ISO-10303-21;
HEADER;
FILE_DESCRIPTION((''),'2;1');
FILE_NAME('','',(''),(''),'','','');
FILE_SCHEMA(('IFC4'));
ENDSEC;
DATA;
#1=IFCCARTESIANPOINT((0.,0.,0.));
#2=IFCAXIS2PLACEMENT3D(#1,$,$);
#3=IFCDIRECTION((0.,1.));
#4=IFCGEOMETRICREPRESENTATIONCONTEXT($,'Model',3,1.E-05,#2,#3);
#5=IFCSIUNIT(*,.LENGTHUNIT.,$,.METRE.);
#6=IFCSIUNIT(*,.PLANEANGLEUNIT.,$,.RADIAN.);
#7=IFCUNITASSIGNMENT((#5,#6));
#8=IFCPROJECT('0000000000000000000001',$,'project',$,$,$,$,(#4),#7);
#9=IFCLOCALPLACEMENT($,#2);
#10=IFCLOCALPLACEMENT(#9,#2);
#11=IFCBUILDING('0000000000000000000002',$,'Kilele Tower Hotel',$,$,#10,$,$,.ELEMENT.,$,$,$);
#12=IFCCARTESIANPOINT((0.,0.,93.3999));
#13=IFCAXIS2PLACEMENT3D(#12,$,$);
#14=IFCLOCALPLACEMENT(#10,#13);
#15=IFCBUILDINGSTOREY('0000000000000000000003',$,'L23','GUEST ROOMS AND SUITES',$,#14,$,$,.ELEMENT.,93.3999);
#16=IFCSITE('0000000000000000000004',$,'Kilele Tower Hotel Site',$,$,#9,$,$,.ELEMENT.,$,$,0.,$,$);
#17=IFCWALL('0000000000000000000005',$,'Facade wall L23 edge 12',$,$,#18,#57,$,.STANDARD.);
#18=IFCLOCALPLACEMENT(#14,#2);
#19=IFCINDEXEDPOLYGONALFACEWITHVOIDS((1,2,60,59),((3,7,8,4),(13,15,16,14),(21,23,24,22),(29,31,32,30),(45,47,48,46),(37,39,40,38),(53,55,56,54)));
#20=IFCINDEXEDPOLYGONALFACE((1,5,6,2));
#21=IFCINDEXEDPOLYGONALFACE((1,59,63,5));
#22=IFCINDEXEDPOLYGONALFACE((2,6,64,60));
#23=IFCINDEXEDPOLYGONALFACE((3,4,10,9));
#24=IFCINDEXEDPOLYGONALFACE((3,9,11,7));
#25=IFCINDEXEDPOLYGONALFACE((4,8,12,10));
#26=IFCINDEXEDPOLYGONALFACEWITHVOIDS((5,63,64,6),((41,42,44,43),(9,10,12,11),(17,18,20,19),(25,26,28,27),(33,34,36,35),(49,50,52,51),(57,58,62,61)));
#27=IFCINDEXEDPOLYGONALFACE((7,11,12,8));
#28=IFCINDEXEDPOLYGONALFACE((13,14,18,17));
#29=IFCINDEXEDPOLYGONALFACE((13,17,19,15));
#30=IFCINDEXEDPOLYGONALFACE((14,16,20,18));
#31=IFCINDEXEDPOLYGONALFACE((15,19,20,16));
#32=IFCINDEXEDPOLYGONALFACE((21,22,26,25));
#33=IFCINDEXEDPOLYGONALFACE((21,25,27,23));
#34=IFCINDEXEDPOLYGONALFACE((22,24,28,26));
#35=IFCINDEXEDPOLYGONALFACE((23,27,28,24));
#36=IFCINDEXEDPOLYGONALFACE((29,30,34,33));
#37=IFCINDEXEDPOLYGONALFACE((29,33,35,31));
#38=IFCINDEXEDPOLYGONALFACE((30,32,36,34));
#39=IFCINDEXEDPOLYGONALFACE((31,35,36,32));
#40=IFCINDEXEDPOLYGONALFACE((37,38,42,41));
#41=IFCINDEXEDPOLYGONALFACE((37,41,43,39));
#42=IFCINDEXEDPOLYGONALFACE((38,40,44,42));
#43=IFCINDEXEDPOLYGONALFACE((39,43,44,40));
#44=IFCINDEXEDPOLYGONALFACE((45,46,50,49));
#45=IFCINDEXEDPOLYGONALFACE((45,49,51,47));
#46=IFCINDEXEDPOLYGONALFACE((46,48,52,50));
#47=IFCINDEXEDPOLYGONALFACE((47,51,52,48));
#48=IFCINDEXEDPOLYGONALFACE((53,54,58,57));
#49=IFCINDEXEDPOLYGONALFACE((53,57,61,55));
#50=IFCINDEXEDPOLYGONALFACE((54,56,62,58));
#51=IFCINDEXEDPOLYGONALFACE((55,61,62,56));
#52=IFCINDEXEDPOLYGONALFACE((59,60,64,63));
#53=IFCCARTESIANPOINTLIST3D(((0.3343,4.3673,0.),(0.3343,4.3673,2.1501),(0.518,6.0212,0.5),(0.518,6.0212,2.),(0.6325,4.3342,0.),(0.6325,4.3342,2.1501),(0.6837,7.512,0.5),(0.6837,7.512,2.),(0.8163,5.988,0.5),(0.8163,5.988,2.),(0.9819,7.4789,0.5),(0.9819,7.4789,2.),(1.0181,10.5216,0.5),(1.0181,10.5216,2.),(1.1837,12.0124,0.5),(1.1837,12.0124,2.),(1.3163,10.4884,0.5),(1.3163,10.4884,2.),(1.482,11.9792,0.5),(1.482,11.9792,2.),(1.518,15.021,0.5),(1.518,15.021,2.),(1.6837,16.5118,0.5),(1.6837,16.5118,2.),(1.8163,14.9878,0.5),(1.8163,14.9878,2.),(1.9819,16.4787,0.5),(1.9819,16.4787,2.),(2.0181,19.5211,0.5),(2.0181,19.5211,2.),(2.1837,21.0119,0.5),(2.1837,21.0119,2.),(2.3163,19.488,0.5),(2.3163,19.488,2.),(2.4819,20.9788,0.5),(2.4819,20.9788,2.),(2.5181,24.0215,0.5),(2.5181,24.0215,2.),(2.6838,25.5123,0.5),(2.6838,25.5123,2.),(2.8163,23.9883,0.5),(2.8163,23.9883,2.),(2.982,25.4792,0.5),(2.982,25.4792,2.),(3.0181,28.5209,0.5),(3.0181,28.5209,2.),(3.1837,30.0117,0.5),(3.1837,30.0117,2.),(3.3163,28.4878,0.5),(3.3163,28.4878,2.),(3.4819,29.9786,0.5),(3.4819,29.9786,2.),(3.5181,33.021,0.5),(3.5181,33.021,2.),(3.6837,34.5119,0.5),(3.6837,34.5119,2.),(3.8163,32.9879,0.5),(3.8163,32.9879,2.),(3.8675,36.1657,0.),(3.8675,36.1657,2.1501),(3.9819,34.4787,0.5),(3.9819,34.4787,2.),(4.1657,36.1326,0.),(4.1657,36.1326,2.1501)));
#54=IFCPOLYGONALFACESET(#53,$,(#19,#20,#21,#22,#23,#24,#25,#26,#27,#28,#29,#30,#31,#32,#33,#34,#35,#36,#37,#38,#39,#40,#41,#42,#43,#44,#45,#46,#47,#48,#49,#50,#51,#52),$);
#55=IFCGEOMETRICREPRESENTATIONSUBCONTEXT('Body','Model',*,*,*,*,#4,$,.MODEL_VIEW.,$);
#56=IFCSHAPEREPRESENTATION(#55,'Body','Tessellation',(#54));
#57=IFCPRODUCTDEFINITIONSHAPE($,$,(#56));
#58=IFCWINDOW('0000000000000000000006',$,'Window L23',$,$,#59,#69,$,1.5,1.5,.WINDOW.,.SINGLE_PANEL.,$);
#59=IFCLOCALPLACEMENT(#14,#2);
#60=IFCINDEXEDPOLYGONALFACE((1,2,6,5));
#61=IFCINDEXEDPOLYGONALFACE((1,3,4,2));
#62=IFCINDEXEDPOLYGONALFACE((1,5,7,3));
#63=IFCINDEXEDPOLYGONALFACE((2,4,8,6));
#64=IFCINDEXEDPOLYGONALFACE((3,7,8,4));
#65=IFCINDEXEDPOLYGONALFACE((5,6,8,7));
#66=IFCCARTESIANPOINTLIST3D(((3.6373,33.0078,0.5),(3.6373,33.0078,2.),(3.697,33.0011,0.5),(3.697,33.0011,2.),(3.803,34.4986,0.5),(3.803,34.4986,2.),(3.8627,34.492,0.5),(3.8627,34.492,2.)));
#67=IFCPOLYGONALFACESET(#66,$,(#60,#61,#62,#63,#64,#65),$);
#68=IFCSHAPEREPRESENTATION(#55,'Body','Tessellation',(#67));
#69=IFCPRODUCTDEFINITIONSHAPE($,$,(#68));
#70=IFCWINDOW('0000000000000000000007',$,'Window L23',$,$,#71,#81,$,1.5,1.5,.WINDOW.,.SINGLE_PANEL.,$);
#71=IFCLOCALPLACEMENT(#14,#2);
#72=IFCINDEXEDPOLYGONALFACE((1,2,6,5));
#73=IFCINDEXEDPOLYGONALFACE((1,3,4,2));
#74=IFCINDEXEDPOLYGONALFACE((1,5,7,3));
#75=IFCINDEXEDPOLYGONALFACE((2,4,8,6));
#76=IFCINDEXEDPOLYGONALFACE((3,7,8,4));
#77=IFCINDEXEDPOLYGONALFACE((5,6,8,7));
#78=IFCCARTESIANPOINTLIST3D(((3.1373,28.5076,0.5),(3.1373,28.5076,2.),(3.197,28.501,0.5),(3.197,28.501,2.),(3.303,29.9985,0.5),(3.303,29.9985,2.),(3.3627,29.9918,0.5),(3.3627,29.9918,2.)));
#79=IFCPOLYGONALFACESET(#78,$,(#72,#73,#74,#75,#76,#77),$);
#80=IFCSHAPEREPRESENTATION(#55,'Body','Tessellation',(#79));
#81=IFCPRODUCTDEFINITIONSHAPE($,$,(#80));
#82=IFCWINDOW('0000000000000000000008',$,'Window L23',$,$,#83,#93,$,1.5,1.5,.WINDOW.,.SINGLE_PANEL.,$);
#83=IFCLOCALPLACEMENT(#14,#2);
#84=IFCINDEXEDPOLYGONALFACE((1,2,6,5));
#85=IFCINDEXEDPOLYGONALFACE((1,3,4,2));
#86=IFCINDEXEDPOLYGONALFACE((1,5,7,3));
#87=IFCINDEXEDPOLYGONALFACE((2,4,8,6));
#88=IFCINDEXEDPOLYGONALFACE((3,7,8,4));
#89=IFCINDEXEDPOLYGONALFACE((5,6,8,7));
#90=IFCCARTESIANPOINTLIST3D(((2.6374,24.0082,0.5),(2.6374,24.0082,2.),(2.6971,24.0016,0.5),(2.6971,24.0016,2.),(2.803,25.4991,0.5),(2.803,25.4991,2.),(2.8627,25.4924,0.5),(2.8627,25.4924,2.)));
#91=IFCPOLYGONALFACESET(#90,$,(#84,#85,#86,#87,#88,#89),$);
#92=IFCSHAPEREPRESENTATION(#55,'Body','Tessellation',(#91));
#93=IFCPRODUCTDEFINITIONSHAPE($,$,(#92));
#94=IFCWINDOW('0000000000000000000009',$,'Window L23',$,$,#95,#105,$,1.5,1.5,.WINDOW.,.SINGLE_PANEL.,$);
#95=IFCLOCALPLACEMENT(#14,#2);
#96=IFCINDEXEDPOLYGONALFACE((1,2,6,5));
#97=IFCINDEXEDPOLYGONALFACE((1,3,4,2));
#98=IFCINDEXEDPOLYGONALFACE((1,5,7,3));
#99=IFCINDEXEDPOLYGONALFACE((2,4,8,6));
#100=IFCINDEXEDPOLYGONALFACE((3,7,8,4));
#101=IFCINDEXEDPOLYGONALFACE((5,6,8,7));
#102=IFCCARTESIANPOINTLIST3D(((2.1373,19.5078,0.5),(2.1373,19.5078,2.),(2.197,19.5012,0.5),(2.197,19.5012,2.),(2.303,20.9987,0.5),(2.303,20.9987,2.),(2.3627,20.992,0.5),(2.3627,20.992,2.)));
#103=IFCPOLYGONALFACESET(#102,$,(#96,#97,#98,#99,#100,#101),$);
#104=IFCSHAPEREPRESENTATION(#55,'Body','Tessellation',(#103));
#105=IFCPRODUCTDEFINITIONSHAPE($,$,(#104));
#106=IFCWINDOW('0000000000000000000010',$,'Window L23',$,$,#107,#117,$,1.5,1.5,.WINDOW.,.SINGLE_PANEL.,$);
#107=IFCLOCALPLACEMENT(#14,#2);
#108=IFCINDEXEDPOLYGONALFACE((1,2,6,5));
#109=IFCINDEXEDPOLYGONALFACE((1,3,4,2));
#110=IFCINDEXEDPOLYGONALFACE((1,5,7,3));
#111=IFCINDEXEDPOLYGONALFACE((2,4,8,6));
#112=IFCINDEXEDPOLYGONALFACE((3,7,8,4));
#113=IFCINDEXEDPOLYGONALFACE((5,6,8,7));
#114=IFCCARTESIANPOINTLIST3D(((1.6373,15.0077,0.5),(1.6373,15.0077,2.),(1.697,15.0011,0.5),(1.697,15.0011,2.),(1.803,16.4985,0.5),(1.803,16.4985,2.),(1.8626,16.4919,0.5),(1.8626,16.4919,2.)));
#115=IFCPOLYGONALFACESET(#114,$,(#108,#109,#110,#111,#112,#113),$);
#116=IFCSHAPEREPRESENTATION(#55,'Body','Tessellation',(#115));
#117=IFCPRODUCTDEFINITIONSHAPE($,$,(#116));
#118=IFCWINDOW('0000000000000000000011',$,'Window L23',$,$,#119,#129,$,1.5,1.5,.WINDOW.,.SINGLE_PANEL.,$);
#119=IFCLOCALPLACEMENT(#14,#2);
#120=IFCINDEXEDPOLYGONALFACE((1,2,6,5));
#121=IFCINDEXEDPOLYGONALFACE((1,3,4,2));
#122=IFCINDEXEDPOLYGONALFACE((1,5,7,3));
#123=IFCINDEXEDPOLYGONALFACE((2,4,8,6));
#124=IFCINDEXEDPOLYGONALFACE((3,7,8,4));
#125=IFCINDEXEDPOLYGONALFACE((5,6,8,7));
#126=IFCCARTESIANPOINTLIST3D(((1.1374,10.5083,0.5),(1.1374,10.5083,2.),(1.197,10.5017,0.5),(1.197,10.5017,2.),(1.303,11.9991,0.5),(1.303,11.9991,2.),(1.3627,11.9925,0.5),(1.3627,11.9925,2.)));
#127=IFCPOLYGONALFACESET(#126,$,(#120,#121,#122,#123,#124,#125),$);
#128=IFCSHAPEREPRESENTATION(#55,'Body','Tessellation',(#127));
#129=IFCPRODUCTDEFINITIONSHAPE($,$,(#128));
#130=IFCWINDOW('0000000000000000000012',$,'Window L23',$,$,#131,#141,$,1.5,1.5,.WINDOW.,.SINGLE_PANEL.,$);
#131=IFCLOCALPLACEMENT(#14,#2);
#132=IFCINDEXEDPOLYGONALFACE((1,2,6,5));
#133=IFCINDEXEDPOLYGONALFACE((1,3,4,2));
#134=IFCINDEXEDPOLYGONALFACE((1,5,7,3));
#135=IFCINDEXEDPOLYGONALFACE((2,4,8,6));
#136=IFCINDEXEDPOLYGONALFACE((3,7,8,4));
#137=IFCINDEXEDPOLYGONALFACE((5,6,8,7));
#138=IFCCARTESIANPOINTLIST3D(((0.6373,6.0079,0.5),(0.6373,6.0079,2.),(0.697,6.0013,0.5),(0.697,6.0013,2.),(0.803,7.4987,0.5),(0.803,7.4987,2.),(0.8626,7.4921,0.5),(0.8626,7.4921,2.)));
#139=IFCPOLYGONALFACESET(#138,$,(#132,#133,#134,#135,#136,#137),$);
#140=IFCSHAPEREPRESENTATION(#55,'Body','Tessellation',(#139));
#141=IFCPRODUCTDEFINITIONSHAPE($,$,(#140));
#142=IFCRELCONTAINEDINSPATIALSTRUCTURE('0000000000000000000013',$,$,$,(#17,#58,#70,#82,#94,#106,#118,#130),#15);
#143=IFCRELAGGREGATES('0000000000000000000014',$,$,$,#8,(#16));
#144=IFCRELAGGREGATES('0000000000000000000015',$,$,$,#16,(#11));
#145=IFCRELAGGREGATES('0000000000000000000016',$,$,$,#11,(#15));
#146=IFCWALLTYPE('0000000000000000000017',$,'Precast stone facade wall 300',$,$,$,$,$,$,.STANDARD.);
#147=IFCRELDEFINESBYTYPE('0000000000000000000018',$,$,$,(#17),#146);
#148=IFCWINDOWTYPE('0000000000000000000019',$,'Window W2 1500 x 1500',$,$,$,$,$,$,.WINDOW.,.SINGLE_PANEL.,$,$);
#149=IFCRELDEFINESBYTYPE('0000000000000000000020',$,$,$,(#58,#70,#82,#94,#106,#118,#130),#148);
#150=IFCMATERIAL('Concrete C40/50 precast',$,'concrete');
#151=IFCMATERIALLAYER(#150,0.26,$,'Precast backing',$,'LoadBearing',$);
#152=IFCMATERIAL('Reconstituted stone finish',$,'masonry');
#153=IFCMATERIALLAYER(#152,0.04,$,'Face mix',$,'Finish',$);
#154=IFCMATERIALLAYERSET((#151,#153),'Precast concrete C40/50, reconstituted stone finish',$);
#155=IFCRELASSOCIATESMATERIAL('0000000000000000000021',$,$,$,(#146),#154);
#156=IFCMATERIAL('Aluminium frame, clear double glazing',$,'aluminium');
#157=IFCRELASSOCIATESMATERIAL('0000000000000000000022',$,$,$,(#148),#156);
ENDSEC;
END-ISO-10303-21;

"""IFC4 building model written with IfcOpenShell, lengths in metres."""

from ifc_helpers import new_model, si_unit, direction, frame, frame_2d, origin, place, context, subcontext, project, spatial, rectangle, extrude, material, layer, layer_set, type_object, element, fill, save


model = new_model("IFC4")

# Units and contexts
model_context = context("Model", 3, precision=1e-05, world=origin(), true_north=direction((0.0, 1.0)))
body_context = subcontext(model_context, "Body", "Model", "MODEL_VIEW")
ifc_project = project(units=[si_unit("LENGTHUNIT", "METRE"), si_unit("PLANEANGLEUNIT", "RADIAN")], contexts=[model_context])

# Site, building, storey
site_placement = place(None, origin())
site = spatial("IfcSite", under=ifc_project, at=site_placement, Name="Kilele Tower Hotel Site", CompositionType="ELEMENT", RefElevation=0.0)
building_placement = place(site_placement, origin())
building = spatial("IfcBuilding", under=site, at=building_placement, Name="Kilele Tower Hotel", CompositionType="ELEMENT")
storey_placement = place(building_placement, frame((0.0, 0.0, 93.3999)))
storey = spatial("IfcBuildingStorey", under=building, at=storey_placement, Name="L23", Description="GUEST ROOMS AND SUITES", CompositionType="ELEMENT", Elevation=93.3999)

# Shared definitions
ifc_material_1 = material(Name="Concrete C40/50 precast", Category="concrete")
ifc_layer_1 = layer(ifc_material_1, 0.26, Name="Precast backing", Category="LoadBearing")
ifc_material_2 = material(Name="Reconstituted stone finish", Category="masonry")
ifc_layer_2 = layer(ifc_material_2, 0.04, Name="Face mix", Category="Finish")
ifc_layer_set_1 = layer_set([ifc_layer_1, ifc_layer_2], Name="Precast concrete C40/50, reconstituted stone finish")
wall_type_1 = type_object("IfcWallType", Name="Precast stone facade wall 300", PredefinedType="STANDARD", material=ifc_layer_set_1)
ifc_material_3 = material(Name="Aluminium frame, clear double glazing", Category="aluminium")
window_type_1 = type_object("IfcWindowType", Name="Window W2 1500 x 1500", PartitioningType="SINGLE_PANEL", PredefinedType="WINDOW", material=ifc_material_3)

# Wall, openings, windows
wall_1_placement = place(storey_placement, frame((4.0166, 36.1492, 0.0), z_axis=(0.0, 0.0, 1.0), x_axis=(-0.110433, -0.993884, 0.0)))
wall_1 = element("IfcWall", 1, at=wall_1_placement, inside=storey, type_object=wall_type_1, Name="Facade wall L23 edge 12", PredefinedType="STANDARD", context=body_context, shape_type="SweptSolid", body=[
    extrude(rectangle(XDim=31.9941, YDim=0.3, at=frame_2d((15.9971, 0.0))), origin(), (0.0, 0.0, 1.0), 2.1501),
])
opening_1_placement = place(wall_1_placement, frame((1.6641, 0.0, 0.5)))
opening_1 = element("IfcOpeningElement", 2, at=opening_1_placement, cuts=wall_1, PredefinedType="OPENING", context=body_context, shape_type="SweptSolid", body=[
    extrude(rectangle(XDim=1.5, YDim=1.5, at=frame_2d((0.75, 0.75))), frame((0.0, 0.1599, 0.0), z_axis=(0.0, -1.0, 0.0), x_axis=(1.0, 0.0, 0.0)), (0.0, 0.0, 1.0), 0.3201),
])
opening_2_placement = place(wall_1_placement, frame((6.1919, 0.0, 0.5)))
opening_2 = element("IfcOpeningElement", 3, at=opening_2_placement, cuts=wall_1, PredefinedType="OPENING", context=body_context, shape_type="SweptSolid", body=[
    extrude(rectangle(XDim=1.5, YDim=1.5, at=frame_2d((0.75, 0.75))), frame((0.0, 0.1599, 0.0), z_axis=(0.0, -1.0, 0.0), x_axis=(1.0, 0.0, 0.0)), (0.0, 0.0, 1.0), 0.3201),
])
opening_3_placement = place(wall_1_placement, frame((10.719, 0.0, 0.5)))
opening_3 = element("IfcOpeningElement", 4, at=opening_3_placement, cuts=wall_1, PredefinedType="OPENING", context=body_context, shape_type="SweptSolid", body=[
    extrude(rectangle(XDim=1.5, YDim=1.5, at=frame_2d((0.75, 0.75))), frame((0.0, 0.1599, 0.0), z_axis=(0.0, -1.0, 0.0), x_axis=(1.0, 0.0, 0.0)), (0.0, 0.0, 1.0), 0.3201),
])
opening_4_placement = place(wall_1_placement, frame((15.2471, 0.0, 0.5)))
opening_4 = element("IfcOpeningElement", 5, at=opening_4_placement, cuts=wall_1, PredefinedType="OPENING", context=body_context, shape_type="SweptSolid", body=[
    extrude(rectangle(XDim=1.5, YDim=1.5, at=frame_2d((0.75, 0.75))), frame((0.0, 0.1599, 0.0), z_axis=(0.0, -1.0, 0.0), x_axis=(1.0, 0.0, 0.0)), (0.0, 0.0, 1.0), 0.3201),
])
opening_5_placement = place(wall_1_placement, frame((19.7749, 0.0, 0.5)))
opening_5 = element("IfcOpeningElement", 6, at=opening_5_placement, cuts=wall_1, PredefinedType="OPENING", context=body_context, shape_type="SweptSolid", body=[
    extrude(rectangle(XDim=1.5, YDim=1.5, at=frame_2d((0.75, 0.75))), frame((0.0, 0.1599, 0.0), z_axis=(0.0, -1.0, 0.0), x_axis=(1.0, 0.0, 0.0)), (0.0, 0.0, 1.0), 0.3201),
])
opening_6_placement = place(wall_1_placement, frame((24.302, 0.0, 0.5)))
opening_6 = element("IfcOpeningElement", 7, at=opening_6_placement, cuts=wall_1, PredefinedType="OPENING", context=body_context, shape_type="SweptSolid", body=[
    extrude(rectangle(XDim=1.5, YDim=1.5, at=frame_2d((0.75, 0.75))), frame((0.0, 0.1599, 0.0), z_axis=(0.0, -1.0, 0.0), x_axis=(1.0, 0.0, 0.0)), (0.0, 0.0, 1.0), 0.3201),
])
opening_7_placement = place(wall_1_placement, frame((28.8301, 0.0, 0.5)))
opening_7 = element("IfcOpeningElement", 8, at=opening_7_placement, cuts=wall_1, PredefinedType="OPENING", context=body_context, shape_type="SweptSolid", body=[
    extrude(rectangle(XDim=1.5, YDim=1.5, at=frame_2d((0.75, 0.75))), frame((0.0, 0.1599, 0.0), z_axis=(0.0, -1.0, 0.0), x_axis=(1.0, 0.0, 0.0)), (0.0, 0.0, 1.0), 0.3201),
])
window_1_placement = place(opening_1_placement, origin())
window_1 = element("IfcWindow", 9, at=window_1_placement, inside=storey, type_object=window_type_1, Name="Window L23", OverallHeight=1.5, OverallWidth=1.5, PartitioningType="SINGLE_PANEL", PredefinedType="WINDOW", context=body_context, shape_type="SweptSolid", body=[
    extrude(rectangle(XDim=1.5, YDim=1.5, at=frame_2d((0.75, 0.75))), frame((0.0, 0.03, 0.0), z_axis=(0.0, -1.0, 0.0), x_axis=(1.0, 0.0, 0.0)), (0.0, 0.0, 1.0), 0.0601),
])
fill(opening_1, window_1)
window_2_placement = place(opening_2_placement, origin())
window_2 = element("IfcWindow", 10, at=window_2_placement, inside=storey, type_object=window_type_1, Name="Window L23", OverallHeight=1.5, OverallWidth=1.5, PartitioningType="SINGLE_PANEL", PredefinedType="WINDOW", context=body_context, shape_type="SweptSolid", body=[
    extrude(rectangle(XDim=1.5, YDim=1.5, at=frame_2d((0.75, 0.75))), frame((0.0, 0.03, 0.0), z_axis=(0.0, -1.0, 0.0), x_axis=(1.0, 0.0, 0.0)), (0.0, 0.0, 1.0), 0.0601),
])
fill(opening_2, window_2)
window_3_placement = place(opening_3_placement, origin())
window_3 = element("IfcWindow", 11, at=window_3_placement, inside=storey, type_object=window_type_1, Name="Window L23", OverallHeight=1.5, OverallWidth=1.5, PartitioningType="SINGLE_PANEL", PredefinedType="WINDOW", context=body_context, shape_type="SweptSolid", body=[
    extrude(rectangle(XDim=1.5, YDim=1.5, at=frame_2d((0.75, 0.75))), frame((0.0, 0.03, 0.0), z_axis=(0.0, -1.0, 0.0), x_axis=(1.0, 0.0, 0.0)), (0.0, 0.0, 1.0), 0.0601),
])
fill(opening_3, window_3)
window_4_placement = place(opening_4_placement, origin())
window_4 = element("IfcWindow", 12, at=window_4_placement, inside=storey, type_object=window_type_1, Name="Window L23", OverallHeight=1.5, OverallWidth=1.5, PartitioningType="SINGLE_PANEL", PredefinedType="WINDOW", context=body_context, shape_type="SweptSolid", body=[
    extrude(rectangle(XDim=1.5, YDim=1.5, at=frame_2d((0.75, 0.75))), frame((0.0, 0.03, 0.0), z_axis=(0.0, -1.0, 0.0), x_axis=(1.0, 0.0, 0.0)), (0.0, 0.0, 1.0), 0.0601),
])
fill(opening_4, window_4)
window_5_placement = place(opening_5_placement, origin())
window_5 = element("IfcWindow", 13, at=window_5_placement, inside=storey, type_object=window_type_1, Name="Window L23", OverallHeight=1.5, OverallWidth=1.5, PartitioningType="SINGLE_PANEL", PredefinedType="WINDOW", context=body_context, shape_type="SweptSolid", body=[
    extrude(rectangle(XDim=1.5, YDim=1.5, at=frame_2d((0.75, 0.75))), frame((0.0, 0.03, 0.0), z_axis=(0.0, -1.0, 0.0), x_axis=(1.0, 0.0, 0.0)), (0.0, 0.0, 1.0), 0.0601),
])
fill(opening_5, window_5)
window_6_placement = place(opening_6_placement, origin())
window_6 = element("IfcWindow", 14, at=window_6_placement, inside=storey, type_object=window_type_1, Name="Window L23", OverallHeight=1.5, OverallWidth=1.5, PartitioningType="SINGLE_PANEL", PredefinedType="WINDOW", context=body_context, shape_type="SweptSolid", body=[
    extrude(rectangle(XDim=1.5, YDim=1.5, at=frame_2d((0.75, 0.75))), frame((0.0, 0.03, 0.0), z_axis=(0.0, -1.0, 0.0), x_axis=(1.0, 0.0, 0.0)), (0.0, 0.0, 1.0), 0.0601),
])
fill(opening_6, window_6)
window_7_placement = place(opening_7_placement, origin())
window_7 = element("IfcWindow", 15, at=window_7_placement, inside=storey, type_object=window_type_1, Name="Window L23", OverallHeight=1.5, OverallWidth=1.5, PartitioningType="SINGLE_PANEL", PredefinedType="WINDOW", context=body_context, shape_type="SweptSolid", body=[
    extrude(rectangle(XDim=1.5, YDim=1.5, at=frame_2d((0.75, 0.75))), frame((0.0, 0.03, 0.0), z_axis=(0.0, -1.0, 0.0), x_axis=(1.0, 0.0, 0.0)), (0.0, 0.0, 1.0), 0.0601),
])
fill(opening_7, window_7)

save(model, "model.ifc")
